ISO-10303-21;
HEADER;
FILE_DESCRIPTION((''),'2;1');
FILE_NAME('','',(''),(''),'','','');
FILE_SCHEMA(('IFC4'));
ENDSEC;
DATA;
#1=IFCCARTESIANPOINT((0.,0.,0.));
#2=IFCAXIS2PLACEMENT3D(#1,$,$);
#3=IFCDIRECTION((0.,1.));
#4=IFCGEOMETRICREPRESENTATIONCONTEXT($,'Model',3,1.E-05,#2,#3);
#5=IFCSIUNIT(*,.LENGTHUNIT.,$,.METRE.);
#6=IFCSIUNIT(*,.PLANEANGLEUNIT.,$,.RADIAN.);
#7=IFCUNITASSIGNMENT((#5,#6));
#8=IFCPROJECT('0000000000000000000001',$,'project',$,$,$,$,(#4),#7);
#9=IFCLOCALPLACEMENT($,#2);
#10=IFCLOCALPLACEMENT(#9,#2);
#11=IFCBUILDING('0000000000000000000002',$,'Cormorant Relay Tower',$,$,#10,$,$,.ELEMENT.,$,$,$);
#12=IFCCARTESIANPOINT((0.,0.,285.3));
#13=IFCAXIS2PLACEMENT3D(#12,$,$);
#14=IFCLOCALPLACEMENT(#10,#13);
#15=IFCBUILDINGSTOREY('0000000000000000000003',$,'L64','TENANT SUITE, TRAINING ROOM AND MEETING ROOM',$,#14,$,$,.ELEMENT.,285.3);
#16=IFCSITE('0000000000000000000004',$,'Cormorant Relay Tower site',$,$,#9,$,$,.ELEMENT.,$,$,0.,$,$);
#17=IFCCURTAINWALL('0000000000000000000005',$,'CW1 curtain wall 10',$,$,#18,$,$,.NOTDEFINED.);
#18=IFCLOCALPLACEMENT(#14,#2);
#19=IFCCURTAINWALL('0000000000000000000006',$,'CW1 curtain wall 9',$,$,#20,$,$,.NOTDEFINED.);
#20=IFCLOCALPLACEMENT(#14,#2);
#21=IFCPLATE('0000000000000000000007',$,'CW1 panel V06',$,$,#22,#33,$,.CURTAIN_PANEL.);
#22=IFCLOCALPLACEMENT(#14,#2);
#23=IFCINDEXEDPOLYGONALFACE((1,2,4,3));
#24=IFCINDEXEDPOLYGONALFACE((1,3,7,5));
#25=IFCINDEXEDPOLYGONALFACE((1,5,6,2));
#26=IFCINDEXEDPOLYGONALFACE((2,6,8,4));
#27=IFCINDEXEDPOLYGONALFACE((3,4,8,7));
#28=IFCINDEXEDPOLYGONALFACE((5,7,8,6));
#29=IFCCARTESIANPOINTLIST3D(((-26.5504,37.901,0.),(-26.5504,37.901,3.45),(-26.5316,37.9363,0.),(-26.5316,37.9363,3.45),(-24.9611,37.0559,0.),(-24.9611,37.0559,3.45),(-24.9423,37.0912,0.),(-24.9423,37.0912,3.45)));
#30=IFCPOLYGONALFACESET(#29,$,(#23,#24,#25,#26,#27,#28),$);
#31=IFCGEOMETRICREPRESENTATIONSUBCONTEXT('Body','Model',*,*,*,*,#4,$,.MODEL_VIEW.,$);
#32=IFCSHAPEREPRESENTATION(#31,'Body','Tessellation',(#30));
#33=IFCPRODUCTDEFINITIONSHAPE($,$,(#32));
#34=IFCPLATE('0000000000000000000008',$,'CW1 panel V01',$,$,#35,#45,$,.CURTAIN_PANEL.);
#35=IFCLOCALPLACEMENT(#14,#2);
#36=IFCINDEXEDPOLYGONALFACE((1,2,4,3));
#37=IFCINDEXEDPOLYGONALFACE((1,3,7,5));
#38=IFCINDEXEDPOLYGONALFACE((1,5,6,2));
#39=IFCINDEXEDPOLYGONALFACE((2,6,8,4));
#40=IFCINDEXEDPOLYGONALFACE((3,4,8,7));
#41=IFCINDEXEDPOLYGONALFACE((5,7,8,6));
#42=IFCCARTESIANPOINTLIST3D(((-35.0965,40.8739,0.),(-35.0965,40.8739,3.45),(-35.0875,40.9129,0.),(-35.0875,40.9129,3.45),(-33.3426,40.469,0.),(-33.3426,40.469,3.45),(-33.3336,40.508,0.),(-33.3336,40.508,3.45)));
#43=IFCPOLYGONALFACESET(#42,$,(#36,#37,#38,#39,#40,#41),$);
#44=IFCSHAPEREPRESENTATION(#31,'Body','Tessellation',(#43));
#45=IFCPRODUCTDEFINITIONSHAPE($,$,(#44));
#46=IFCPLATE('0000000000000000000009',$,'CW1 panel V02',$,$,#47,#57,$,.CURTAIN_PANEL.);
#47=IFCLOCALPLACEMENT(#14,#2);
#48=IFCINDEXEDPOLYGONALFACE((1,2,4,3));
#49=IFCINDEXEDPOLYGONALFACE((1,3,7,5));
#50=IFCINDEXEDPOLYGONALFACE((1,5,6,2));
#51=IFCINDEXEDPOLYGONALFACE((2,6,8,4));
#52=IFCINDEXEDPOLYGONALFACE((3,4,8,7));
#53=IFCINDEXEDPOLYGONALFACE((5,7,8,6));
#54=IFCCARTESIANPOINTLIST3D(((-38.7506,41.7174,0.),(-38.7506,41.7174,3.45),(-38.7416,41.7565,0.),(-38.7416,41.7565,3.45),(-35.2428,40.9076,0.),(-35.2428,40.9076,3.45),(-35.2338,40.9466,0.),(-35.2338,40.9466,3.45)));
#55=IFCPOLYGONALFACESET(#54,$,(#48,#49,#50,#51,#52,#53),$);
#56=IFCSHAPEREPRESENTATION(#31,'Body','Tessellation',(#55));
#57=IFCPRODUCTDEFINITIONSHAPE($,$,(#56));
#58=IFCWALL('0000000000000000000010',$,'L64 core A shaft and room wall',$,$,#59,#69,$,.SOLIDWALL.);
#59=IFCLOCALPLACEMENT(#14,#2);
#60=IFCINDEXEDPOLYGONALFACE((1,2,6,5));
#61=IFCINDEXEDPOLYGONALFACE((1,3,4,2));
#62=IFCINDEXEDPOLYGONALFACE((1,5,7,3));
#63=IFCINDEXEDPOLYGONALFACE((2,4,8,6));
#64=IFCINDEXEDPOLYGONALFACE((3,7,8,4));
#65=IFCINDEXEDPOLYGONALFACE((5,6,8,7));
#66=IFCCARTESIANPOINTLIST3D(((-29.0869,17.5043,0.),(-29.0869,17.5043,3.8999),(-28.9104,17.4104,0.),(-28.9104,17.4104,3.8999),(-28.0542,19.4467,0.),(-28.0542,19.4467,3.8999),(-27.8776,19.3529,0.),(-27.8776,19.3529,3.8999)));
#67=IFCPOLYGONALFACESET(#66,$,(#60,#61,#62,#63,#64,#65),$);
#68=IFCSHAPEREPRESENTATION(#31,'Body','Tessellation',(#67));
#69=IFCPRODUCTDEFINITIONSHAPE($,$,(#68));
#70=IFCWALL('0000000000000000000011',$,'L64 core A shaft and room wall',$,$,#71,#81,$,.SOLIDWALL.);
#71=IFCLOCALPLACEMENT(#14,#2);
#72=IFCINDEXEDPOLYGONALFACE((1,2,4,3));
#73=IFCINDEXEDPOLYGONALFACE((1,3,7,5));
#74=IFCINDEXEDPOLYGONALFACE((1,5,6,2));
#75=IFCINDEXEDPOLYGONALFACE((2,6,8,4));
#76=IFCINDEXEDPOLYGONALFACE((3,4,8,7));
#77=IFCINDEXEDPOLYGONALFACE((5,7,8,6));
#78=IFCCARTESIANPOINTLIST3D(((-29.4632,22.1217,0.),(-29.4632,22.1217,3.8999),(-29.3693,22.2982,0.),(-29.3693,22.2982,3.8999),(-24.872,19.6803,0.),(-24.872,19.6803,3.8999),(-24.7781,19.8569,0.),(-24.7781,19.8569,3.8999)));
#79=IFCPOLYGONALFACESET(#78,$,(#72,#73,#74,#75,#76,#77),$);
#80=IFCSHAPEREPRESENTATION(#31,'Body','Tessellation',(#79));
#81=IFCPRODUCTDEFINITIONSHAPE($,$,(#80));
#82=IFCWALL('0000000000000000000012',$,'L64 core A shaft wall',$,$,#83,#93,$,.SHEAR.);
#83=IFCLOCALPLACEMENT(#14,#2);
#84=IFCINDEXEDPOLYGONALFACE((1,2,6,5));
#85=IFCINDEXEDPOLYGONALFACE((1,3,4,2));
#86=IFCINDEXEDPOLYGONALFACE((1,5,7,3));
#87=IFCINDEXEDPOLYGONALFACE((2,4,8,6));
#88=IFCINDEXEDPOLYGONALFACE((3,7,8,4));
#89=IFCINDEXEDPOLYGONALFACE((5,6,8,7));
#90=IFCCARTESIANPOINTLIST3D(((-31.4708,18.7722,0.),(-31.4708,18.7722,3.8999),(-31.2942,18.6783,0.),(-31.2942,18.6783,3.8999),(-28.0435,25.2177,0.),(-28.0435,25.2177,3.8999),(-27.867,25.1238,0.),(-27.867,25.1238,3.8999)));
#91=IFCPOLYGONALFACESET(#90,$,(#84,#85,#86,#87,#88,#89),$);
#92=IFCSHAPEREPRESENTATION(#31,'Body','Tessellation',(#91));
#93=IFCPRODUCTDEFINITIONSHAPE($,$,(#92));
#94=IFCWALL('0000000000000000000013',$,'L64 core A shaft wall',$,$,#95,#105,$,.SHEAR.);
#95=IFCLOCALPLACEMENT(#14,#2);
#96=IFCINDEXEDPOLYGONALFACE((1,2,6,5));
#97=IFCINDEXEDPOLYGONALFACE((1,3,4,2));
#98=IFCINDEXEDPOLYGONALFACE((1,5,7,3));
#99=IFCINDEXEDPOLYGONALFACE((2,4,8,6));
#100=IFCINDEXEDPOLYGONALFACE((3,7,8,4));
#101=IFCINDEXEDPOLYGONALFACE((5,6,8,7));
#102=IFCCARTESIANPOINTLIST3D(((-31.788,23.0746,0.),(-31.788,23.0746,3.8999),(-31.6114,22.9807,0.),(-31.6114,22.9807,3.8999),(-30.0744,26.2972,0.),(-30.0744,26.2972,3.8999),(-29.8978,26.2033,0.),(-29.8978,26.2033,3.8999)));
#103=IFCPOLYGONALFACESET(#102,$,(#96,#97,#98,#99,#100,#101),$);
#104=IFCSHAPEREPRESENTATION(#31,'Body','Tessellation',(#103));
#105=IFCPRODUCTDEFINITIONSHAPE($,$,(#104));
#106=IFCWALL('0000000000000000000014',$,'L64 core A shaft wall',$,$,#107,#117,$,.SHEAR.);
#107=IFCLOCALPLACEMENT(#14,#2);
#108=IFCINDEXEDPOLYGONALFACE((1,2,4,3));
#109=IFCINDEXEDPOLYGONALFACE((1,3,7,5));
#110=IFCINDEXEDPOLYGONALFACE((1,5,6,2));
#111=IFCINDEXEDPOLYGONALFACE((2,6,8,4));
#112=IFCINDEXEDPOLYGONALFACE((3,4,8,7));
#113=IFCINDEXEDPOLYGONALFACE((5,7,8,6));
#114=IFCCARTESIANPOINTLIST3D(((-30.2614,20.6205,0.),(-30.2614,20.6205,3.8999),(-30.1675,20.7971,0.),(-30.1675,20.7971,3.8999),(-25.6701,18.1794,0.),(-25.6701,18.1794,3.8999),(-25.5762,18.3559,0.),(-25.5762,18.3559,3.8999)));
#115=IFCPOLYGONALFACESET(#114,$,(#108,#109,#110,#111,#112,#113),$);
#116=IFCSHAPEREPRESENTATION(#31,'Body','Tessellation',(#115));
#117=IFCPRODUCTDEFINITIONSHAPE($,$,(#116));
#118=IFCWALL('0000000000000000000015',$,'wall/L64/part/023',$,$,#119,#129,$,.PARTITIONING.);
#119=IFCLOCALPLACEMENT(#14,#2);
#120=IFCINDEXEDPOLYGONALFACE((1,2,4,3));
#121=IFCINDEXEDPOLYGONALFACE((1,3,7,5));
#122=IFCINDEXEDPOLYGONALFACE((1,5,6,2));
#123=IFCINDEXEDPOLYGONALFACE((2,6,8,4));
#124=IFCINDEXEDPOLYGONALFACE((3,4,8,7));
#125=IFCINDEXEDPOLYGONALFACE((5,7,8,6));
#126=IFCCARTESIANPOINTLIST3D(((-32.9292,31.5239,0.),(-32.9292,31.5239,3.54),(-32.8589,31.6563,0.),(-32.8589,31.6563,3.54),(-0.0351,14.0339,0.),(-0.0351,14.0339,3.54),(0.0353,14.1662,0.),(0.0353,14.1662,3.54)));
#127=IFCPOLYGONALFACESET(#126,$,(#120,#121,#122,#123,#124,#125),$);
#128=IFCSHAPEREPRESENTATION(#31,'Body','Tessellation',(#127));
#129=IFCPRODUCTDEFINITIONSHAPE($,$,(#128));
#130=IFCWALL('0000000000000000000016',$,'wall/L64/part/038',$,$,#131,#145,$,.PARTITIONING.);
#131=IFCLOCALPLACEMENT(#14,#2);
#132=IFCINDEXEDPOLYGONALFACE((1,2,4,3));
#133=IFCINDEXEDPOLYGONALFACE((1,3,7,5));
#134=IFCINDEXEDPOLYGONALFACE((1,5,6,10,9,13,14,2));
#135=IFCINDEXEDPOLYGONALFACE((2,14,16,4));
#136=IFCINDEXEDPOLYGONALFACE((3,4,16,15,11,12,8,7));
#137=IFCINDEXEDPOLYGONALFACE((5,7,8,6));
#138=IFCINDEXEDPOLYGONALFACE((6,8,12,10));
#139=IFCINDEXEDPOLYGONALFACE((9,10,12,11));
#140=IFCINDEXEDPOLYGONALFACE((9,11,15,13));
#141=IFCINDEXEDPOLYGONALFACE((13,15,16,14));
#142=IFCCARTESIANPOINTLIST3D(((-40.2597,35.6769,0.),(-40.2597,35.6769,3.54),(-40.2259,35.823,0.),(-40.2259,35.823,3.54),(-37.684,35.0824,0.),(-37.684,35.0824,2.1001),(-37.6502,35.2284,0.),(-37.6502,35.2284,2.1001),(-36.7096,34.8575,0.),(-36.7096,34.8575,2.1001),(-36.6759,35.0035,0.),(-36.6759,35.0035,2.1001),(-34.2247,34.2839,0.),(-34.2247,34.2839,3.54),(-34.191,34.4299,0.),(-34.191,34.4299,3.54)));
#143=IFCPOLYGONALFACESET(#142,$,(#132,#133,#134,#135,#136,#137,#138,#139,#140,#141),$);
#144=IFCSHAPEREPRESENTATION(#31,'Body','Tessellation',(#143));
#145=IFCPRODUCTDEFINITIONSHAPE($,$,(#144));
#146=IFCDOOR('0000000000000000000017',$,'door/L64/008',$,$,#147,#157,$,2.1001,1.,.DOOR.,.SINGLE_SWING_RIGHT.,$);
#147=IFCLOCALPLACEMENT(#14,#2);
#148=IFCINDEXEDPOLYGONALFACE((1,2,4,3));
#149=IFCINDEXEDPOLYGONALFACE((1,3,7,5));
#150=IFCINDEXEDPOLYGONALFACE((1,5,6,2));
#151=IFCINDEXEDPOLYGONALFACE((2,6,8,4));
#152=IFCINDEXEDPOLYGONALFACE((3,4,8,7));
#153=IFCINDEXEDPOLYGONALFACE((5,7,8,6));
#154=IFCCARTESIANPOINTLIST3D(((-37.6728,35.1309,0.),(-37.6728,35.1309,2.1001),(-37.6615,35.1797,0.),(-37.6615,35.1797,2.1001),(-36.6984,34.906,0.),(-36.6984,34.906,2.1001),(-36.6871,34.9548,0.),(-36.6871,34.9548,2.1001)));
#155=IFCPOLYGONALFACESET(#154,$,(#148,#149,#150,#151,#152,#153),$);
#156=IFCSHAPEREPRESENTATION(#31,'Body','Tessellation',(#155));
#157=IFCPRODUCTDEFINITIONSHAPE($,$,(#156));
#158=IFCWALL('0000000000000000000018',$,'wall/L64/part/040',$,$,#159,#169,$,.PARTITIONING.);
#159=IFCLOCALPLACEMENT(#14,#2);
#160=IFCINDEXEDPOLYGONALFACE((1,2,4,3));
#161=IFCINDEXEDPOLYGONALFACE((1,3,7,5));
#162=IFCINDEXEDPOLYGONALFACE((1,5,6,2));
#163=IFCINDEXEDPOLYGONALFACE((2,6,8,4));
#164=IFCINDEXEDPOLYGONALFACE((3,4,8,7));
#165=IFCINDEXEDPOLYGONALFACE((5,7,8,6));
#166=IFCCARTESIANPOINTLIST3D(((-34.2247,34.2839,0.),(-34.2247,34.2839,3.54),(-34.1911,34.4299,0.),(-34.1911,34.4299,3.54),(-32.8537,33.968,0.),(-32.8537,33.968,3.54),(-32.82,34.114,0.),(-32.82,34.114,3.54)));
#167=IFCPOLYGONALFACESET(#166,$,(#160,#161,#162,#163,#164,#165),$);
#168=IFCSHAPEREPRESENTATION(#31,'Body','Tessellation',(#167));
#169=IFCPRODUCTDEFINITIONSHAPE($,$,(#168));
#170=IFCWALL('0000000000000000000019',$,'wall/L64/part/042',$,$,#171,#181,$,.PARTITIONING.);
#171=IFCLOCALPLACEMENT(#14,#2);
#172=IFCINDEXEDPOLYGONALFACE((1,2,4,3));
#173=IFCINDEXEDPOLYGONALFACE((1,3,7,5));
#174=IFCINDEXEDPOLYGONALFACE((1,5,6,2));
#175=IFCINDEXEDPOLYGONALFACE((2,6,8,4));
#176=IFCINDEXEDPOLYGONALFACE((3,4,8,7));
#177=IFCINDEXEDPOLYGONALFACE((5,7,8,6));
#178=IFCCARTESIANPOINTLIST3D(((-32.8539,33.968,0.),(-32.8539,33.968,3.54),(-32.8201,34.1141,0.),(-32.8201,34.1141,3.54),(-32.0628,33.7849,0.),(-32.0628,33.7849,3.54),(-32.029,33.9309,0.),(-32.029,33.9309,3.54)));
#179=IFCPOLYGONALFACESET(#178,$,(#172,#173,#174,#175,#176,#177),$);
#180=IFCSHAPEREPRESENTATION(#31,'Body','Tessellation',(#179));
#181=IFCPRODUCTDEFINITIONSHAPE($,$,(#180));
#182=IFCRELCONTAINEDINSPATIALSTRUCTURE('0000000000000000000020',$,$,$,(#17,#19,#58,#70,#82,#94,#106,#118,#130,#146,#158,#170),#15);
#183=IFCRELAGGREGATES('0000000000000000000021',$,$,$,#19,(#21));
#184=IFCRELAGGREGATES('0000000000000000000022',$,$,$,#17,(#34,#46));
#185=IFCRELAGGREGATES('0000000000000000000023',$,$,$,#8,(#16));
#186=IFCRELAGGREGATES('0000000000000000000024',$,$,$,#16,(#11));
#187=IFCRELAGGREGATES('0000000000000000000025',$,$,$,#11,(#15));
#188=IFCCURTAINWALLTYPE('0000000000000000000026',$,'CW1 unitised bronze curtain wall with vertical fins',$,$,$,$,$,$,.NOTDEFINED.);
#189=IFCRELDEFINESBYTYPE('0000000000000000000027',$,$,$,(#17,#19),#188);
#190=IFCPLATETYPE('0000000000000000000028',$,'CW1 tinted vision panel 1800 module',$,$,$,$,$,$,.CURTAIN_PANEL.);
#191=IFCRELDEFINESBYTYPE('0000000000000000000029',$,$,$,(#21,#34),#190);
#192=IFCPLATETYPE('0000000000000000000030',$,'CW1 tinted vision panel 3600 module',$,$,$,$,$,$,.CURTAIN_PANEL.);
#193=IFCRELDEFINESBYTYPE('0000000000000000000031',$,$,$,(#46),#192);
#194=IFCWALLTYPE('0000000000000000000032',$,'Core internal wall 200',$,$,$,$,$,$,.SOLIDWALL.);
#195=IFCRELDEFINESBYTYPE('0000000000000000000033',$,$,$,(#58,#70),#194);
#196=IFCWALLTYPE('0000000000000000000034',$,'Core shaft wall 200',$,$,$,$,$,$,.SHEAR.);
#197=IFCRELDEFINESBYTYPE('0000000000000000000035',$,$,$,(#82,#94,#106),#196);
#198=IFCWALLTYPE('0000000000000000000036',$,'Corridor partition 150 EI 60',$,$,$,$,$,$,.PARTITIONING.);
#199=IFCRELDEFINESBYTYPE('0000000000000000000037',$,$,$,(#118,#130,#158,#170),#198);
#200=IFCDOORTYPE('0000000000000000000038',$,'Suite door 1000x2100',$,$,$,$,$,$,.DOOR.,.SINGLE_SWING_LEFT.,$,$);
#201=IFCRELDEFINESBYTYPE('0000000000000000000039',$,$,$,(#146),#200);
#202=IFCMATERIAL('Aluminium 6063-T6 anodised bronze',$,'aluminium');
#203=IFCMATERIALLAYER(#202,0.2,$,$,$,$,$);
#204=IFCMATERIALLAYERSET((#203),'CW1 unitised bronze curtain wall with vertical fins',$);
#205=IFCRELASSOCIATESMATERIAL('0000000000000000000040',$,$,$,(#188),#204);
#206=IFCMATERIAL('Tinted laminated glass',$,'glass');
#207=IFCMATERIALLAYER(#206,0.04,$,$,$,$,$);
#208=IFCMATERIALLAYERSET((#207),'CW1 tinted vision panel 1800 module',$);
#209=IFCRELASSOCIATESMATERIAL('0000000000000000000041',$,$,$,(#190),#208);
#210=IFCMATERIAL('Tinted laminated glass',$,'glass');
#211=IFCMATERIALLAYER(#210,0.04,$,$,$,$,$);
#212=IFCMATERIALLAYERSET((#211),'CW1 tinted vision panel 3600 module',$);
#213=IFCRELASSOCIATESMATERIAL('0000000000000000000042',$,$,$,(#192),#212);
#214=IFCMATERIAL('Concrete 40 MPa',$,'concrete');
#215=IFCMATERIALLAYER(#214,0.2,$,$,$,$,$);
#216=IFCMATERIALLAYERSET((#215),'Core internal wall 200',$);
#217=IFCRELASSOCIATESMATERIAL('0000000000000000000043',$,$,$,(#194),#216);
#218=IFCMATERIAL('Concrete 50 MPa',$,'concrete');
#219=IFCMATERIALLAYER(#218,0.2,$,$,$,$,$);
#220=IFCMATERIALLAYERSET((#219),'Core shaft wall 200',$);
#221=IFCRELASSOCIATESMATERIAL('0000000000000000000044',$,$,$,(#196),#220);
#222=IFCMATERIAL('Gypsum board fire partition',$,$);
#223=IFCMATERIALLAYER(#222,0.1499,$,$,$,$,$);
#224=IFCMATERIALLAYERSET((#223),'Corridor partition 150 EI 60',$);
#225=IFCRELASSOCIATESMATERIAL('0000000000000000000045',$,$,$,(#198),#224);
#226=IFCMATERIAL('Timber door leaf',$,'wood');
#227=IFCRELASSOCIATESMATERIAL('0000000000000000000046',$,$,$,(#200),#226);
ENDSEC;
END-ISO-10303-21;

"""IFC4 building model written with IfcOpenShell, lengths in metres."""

from ifc_helpers import new_model, si_unit, direction, frame, frame_2d, origin, origin_2d, place, context, subcontext, project, spatial, rectangle, extrude, material, layer, layer_set, type_object, element, fill, aggregate, save


model = new_model("IFC4")

# Units and contexts
model_context = context("Model", 3, precision=1e-05, world=origin(), true_north=direction((0.0, 1.0)))
body_context = subcontext(model_context, "Body", "Model", "MODEL_VIEW")
ifc_project = project(units=[si_unit("LENGTHUNIT", "METRE"), si_unit("PLANEANGLEUNIT", "RADIAN")], contexts=[model_context])

# Site, building, storey
site_placement = place(None, origin())
site = spatial("IfcSite", under=ifc_project, at=site_placement, Name="Cormorant Relay Tower site", CompositionType="ELEMENT", RefElevation=0.0)
building_placement = place(site_placement, origin())
building = spatial("IfcBuilding", under=site, at=building_placement, Name="Cormorant Relay Tower", CompositionType="ELEMENT")
storey_placement = place(building_placement, frame((0.0, 0.0, 285.3)))
storey = spatial("IfcBuildingStorey", under=building, at=storey_placement, Name="L64", Description="TENANT SUITE, TRAINING ROOM AND MEETING ROOM", CompositionType="ELEMENT", Elevation=285.3)

# Curtain wall
ifc_material_1 = material(Name="Aluminium 6063-T6 anodised bronze", Category="aluminium")
ifc_layer_1 = layer(ifc_material_1, 0.2)
ifc_layer_set_1 = layer_set([ifc_layer_1], Name="CW1 unitised bronze curtain wall with vertical fins")
curtain_wall_type = type_object("IfcCurtainWallType", Name="CW1 unitised bronze curtain wall with vertical fins", PredefinedType="NOTDEFINED", material=ifc_layer_set_1)
curtain_wall_1_placement = place(storey_placement, origin())
curtain_wall_1 = element("IfcCurtainWall", 1, at=curtain_wall_1_placement, inside=storey, type_object=curtain_wall_type, Name="CW1 curtain wall 10", PredefinedType="NOTDEFINED")

# Curtain wall, plate
curtain_wall_2_placement = place(storey_placement, origin())
curtain_wall_2 = element("IfcCurtainWall", 2, at=curtain_wall_2_placement, inside=storey, type_object=curtain_wall_type, Name="CW1 curtain wall 9", PredefinedType="NOTDEFINED")
ifc_material_2 = material(Name="Tinted laminated glass", Category="glass")
ifc_layer_2 = layer(ifc_material_2, 0.04)
ifc_layer_set_2 = layer_set([ifc_layer_2], Name="CW1 tinted vision panel 1800 module")
plate_type_1 = type_object("IfcPlateType", Name="CW1 tinted vision panel 1800 module", PredefinedType="CURTAIN_PANEL", material=ifc_layer_set_2)
plate_1_placement = place(storey_placement, frame((-25.7463, 37.4961, 0.0), z_axis=(0.0, 0.0, 1.0), x_axis=(-0.882948, 0.469472, 0.0)))
plate_1 = element("IfcPlate", 3, at=plate_1_placement, type_object=plate_type_1, Name="CW1 panel V06", PredefinedType="CURTAIN_PANEL", context=body_context, shape_type="SweptSolid", body=[
    extrude(rectangle(XDim=1.8, YDim=0.04, at=origin_2d()), origin(), (0.0, 0.0, 1.0), 3.45),
])

# Plates
plate_2_placement = place(storey_placement, frame((-34.2151, 40.6909, 0.0), z_axis=(0.0, 0.0, 1.0), x_axis=(-0.97437, 0.224951, 0.0)))
plate_2 = element("IfcPlate", 4, at=plate_2_placement, type_object=plate_type_1, Name="CW1 panel V01", PredefinedType="CURTAIN_PANEL", context=body_context, shape_type="SweptSolid", body=[
    extrude(rectangle(XDim=1.8, YDim=0.04, at=origin_2d()), origin(), (0.0, 0.0, 1.0), 3.45),
])
ifc_material_3 = material(Name="Tinted laminated glass", Category="glass")
ifc_layer_3 = layer(ifc_material_3, 0.04)
ifc_layer_set_3 = layer_set([ifc_layer_3], Name="CW1 tinted vision panel 3600 module")
plate_type_2 = type_object("IfcPlateType", Name="CW1 tinted vision panel 3600 module", PredefinedType="CURTAIN_PANEL", material=ifc_layer_set_3)
plate_3_placement = place(storey_placement, frame((-36.9922, 41.332, 0.0), z_axis=(0.0, 0.0, 1.0), x_axis=(-0.97437, 0.224951, 0.0)))
plate_3 = element("IfcPlate", 5, at=plate_3_placement, type_object=plate_type_2, Name="CW1 panel V02", PredefinedType="CURTAIN_PANEL", context=body_context, shape_type="SweptSolid", body=[
    extrude(rectangle(XDim=3.6001, YDim=0.04, at=origin_2d()), origin(), (0.0, 0.0, 1.0), 3.45),
])

# Walls
ifc_material_4 = material(Name="Concrete 40 MPa", Category="concrete")
ifc_layer_4 = layer(ifc_material_4, 0.2)
ifc_layer_set_4 = layer_set([ifc_layer_4], Name="Core internal wall 200")
wall_type_1 = type_object("IfcWallType", Name="Core internal wall 200", PredefinedType="SOLIDWALL", material=ifc_layer_set_4)
wall_1_placement = place(storey_placement, frame((-27.9658, 19.3999, 0.0), z_axis=(0.0, 0.0, 1.0), x_axis=(-0.469447, -0.88296, 0.0)))
element("IfcWall", 6, at=wall_1_placement, inside=storey, type_object=wall_type_1, Name="L64 core A shaft and room wall", PredefinedType="SOLIDWALL", context=body_context, shape_type="SweptSolid", body=[
    extrude(rectangle(XDim=2.2, YDim=0.2, at=frame_2d((1.1001, 0.0))), origin(), (0.0, 0.0, 1.0), 3.8999),
])
wall_2_placement = place(storey_placement, frame((-24.825, 19.7686, 0.0), z_axis=(0.0, 0.0, 1.0), x_axis=(-0.882935, 0.469496, 0.0)))
element("IfcWall", 7, at=wall_2_placement, inside=storey, type_object=wall_type_1, Name="L64 core A shaft and room wall", PredefinedType="SOLIDWALL", context=body_context, shape_type="SweptSolid", body=[
    extrude(rectangle(XDim=5.2, YDim=0.2, at=frame_2d((2.6001, 0.0))), origin(), (0.0, 0.0, 1.0), 3.8999),
])
ifc_material_5 = material(Name="Concrete 50 MPa", Category="concrete")
ifc_layer_5 = layer(ifc_material_5, 0.2)
ifc_layer_set_5 = layer_set([ifc_layer_5], Name="Core shaft wall 200")
wall_type_2 = type_object("IfcWallType", Name="Core shaft wall 200", PredefinedType="SHEAR", material=ifc_layer_set_5)
wall_3_placement = place(storey_placement, frame((-27.9553, 25.1707, 0.0), z_axis=(0.0, 0.0, 1.0), x_axis=(-0.46948, -0.882943, 0.0)))
element("IfcWall", 8, at=wall_3_placement, inside=storey, type_object=wall_type_2, Name="L64 core A shaft wall", PredefinedType="SHEAR", context=body_context, shape_type="SweptSolid", body=[
    extrude(rectangle(XDim=7.3, YDim=0.2, at=frame_2d((3.6499, 0.0))), origin(), (0.0, 0.0, 1.0), 3.8999),
])
wall_4_placement = place(storey_placement, frame((-29.9861, 26.2502, 0.0), z_axis=(0.0, 0.0, 1.0), x_axis=(-0.469494, -0.882936, 0.0)))
element("IfcWall", 9, at=wall_4_placement, inside=storey, type_object=wall_type_2, Name="L64 core A shaft wall", PredefinedType="SHEAR", context=body_context, shape_type="SweptSolid", body=[
    extrude(rectangle(XDim=3.6499, YDim=0.2, at=frame_2d((1.825, 0.0))), origin(), (0.0, 0.0, 1.0), 3.8999),
])

# Wall
wall_5_placement = place(storey_placement, frame((-25.623, 18.2676, 0.0), z_axis=(0.0, 0.0, 1.0), x_axis=(-0.882954, 0.46946, 0.0)))
element("IfcWall", 10, at=wall_5_placement, inside=storey, type_object=wall_type_2, Name="L64 core A shaft wall", PredefinedType="SHEAR", context=body_context, shape_type="SweptSolid", body=[
    extrude(rectangle(XDim=5.2, YDim=0.2, at=frame_2d((2.6001, 0.0))), origin(), (0.0, 0.0, 1.0), 3.8999),
])

# Wall
ifc_material_6 = material(Name="Gypsum board fire partition")
ifc_layer_6 = layer(ifc_material_6, 0.1499)
ifc_layer_set_6 = layer_set([ifc_layer_6], Name="Corridor partition 150 EI 60")
wall_type_3 = type_object("IfcWallType", Name="Corridor partition 150 EI 60", PredefinedType="PARTITIONING", material=ifc_layer_set_6)
wall_6_placement = place(storey_placement, frame((-32.894, 31.5901, 0.0), z_axis=(0.0, 0.0, 1.0), x_axis=(0.882949, -0.46947, 0.0)))
element("IfcWall", 11, at=wall_6_placement, inside=storey, type_object=wall_type_3, Name="wall/L64/part/023", PredefinedType="PARTITIONING", context=body_context, shape_type="SweptSolid", body=[
    extrude(rectangle(XDim=37.2549, YDim=0.1499, at=frame_2d((18.6274, 0.0))), origin(), (0.0, 0.0, 1.0), 3.54),
])

# Wall, opening, door
wall_7_placement = place(storey_placement, frame((-34.208, 34.3569, 0.0), z_axis=(0.0, 0.0, 1.0), x_axis=(-0.974377, 0.22492, 0.0)))
wall_7 = element("IfcWall", 12, at=wall_7_placement, inside=storey, type_object=wall_type_3, Name="wall/L64/part/038", PredefinedType="PARTITIONING", context=body_context, shape_type="SweptSolid", body=[
    extrude(rectangle(XDim=6.1936, YDim=0.1499, at=frame_2d((3.0967, 0.0))), origin(), (0.0, 0.0, 1.0), 3.54),
])
opening_1_placement = place(wall_7_placement, frame((2.55, 0.0, 0.0)))
opening_1 = element("IfcOpeningElement", 13, at=opening_1_placement, cuts=wall_7, PredefinedType="OPENING", context=body_context, shape_type="SweptSolid", body=[
    extrude(rectangle(XDim=1.0, YDim=2.1001, at=frame_2d((0.5, 1.05))), frame((0.0, 0.085, 0.0), z_axis=(0.0, -1.0, 0.0), x_axis=(1.0, 0.0, 0.0)), (0.0, 0.0, 1.0), 0.1699),
])
ifc_material_7 = material(Name="Timber door leaf", Category="wood")
door_type_1 = type_object("IfcDoorType", Name="Suite door 1000x2100", OperationType="SINGLE_SWING_LEFT", PredefinedType="DOOR", material=ifc_material_7)
door_1_placement = place(opening_1_placement, frame((1.0, 0.0, 0.0), z_axis=(0.0, 0.0, 1.0), x_axis=(-1.0, 0.0, 0.0)))
door_1 = element("IfcDoor", 14, at=door_1_placement, inside=storey, type_object=door_type_1, Name="door/L64/008", OperationType="SINGLE_SWING_RIGHT", OverallHeight=2.1001, OverallWidth=1.0, PredefinedType="DOOR", context=body_context, shape_type="SweptSolid", body=[
    extrude(rectangle(XDim=1.0, YDim=2.1001, at=frame_2d((0.5, 1.05))), frame((0.0, 0.0249, 0.0), z_axis=(0.0, -1.0, 0.0), x_axis=(1.0, 0.0, 0.0)), (0.0, 0.0, 1.0), 0.05),
])
fill(opening_1, door_1)

# Walls
wall_8_placement = place(storey_placement, frame((-34.208, 34.3569, 0.0), z_axis=(0.0, 0.0, 1.0), x_axis=(0.974467, -0.22453, 0.0)))
element("IfcWall", 15, at=wall_8_placement, inside=storey, type_object=wall_type_3, Name="wall/L64/part/040", PredefinedType="PARTITIONING", context=body_context, shape_type="SweptSolid", body=[
    extrude(rectangle(XDim=1.407, YDim=0.1499, at=frame_2d((0.7036, 0.0))), origin(), (0.0, 0.0, 1.0), 3.54),
])
wall_9_placement = place(storey_placement, frame((-32.0459, 33.8579, 0.0), z_axis=(0.0, 0.0, 1.0), x_axis=(-0.974239, 0.225518, 0.0)))
element("IfcWall", 16, at=wall_9_placement, inside=storey, type_object=wall_type_3, Name="wall/L64/part/042", PredefinedType="PARTITIONING", context=body_context, shape_type="SweptSolid", body=[
    extrude(rectangle(XDim=0.812, YDim=0.1499, at=frame_2d((0.406, 0.0))), origin(), (0.0, 0.0, 1.0), 3.54),
])

aggregate(curtain_wall_2, [plate_1])
aggregate(curtain_wall_1, [plate_2, plate_3])

save(model, "model.ifc")
